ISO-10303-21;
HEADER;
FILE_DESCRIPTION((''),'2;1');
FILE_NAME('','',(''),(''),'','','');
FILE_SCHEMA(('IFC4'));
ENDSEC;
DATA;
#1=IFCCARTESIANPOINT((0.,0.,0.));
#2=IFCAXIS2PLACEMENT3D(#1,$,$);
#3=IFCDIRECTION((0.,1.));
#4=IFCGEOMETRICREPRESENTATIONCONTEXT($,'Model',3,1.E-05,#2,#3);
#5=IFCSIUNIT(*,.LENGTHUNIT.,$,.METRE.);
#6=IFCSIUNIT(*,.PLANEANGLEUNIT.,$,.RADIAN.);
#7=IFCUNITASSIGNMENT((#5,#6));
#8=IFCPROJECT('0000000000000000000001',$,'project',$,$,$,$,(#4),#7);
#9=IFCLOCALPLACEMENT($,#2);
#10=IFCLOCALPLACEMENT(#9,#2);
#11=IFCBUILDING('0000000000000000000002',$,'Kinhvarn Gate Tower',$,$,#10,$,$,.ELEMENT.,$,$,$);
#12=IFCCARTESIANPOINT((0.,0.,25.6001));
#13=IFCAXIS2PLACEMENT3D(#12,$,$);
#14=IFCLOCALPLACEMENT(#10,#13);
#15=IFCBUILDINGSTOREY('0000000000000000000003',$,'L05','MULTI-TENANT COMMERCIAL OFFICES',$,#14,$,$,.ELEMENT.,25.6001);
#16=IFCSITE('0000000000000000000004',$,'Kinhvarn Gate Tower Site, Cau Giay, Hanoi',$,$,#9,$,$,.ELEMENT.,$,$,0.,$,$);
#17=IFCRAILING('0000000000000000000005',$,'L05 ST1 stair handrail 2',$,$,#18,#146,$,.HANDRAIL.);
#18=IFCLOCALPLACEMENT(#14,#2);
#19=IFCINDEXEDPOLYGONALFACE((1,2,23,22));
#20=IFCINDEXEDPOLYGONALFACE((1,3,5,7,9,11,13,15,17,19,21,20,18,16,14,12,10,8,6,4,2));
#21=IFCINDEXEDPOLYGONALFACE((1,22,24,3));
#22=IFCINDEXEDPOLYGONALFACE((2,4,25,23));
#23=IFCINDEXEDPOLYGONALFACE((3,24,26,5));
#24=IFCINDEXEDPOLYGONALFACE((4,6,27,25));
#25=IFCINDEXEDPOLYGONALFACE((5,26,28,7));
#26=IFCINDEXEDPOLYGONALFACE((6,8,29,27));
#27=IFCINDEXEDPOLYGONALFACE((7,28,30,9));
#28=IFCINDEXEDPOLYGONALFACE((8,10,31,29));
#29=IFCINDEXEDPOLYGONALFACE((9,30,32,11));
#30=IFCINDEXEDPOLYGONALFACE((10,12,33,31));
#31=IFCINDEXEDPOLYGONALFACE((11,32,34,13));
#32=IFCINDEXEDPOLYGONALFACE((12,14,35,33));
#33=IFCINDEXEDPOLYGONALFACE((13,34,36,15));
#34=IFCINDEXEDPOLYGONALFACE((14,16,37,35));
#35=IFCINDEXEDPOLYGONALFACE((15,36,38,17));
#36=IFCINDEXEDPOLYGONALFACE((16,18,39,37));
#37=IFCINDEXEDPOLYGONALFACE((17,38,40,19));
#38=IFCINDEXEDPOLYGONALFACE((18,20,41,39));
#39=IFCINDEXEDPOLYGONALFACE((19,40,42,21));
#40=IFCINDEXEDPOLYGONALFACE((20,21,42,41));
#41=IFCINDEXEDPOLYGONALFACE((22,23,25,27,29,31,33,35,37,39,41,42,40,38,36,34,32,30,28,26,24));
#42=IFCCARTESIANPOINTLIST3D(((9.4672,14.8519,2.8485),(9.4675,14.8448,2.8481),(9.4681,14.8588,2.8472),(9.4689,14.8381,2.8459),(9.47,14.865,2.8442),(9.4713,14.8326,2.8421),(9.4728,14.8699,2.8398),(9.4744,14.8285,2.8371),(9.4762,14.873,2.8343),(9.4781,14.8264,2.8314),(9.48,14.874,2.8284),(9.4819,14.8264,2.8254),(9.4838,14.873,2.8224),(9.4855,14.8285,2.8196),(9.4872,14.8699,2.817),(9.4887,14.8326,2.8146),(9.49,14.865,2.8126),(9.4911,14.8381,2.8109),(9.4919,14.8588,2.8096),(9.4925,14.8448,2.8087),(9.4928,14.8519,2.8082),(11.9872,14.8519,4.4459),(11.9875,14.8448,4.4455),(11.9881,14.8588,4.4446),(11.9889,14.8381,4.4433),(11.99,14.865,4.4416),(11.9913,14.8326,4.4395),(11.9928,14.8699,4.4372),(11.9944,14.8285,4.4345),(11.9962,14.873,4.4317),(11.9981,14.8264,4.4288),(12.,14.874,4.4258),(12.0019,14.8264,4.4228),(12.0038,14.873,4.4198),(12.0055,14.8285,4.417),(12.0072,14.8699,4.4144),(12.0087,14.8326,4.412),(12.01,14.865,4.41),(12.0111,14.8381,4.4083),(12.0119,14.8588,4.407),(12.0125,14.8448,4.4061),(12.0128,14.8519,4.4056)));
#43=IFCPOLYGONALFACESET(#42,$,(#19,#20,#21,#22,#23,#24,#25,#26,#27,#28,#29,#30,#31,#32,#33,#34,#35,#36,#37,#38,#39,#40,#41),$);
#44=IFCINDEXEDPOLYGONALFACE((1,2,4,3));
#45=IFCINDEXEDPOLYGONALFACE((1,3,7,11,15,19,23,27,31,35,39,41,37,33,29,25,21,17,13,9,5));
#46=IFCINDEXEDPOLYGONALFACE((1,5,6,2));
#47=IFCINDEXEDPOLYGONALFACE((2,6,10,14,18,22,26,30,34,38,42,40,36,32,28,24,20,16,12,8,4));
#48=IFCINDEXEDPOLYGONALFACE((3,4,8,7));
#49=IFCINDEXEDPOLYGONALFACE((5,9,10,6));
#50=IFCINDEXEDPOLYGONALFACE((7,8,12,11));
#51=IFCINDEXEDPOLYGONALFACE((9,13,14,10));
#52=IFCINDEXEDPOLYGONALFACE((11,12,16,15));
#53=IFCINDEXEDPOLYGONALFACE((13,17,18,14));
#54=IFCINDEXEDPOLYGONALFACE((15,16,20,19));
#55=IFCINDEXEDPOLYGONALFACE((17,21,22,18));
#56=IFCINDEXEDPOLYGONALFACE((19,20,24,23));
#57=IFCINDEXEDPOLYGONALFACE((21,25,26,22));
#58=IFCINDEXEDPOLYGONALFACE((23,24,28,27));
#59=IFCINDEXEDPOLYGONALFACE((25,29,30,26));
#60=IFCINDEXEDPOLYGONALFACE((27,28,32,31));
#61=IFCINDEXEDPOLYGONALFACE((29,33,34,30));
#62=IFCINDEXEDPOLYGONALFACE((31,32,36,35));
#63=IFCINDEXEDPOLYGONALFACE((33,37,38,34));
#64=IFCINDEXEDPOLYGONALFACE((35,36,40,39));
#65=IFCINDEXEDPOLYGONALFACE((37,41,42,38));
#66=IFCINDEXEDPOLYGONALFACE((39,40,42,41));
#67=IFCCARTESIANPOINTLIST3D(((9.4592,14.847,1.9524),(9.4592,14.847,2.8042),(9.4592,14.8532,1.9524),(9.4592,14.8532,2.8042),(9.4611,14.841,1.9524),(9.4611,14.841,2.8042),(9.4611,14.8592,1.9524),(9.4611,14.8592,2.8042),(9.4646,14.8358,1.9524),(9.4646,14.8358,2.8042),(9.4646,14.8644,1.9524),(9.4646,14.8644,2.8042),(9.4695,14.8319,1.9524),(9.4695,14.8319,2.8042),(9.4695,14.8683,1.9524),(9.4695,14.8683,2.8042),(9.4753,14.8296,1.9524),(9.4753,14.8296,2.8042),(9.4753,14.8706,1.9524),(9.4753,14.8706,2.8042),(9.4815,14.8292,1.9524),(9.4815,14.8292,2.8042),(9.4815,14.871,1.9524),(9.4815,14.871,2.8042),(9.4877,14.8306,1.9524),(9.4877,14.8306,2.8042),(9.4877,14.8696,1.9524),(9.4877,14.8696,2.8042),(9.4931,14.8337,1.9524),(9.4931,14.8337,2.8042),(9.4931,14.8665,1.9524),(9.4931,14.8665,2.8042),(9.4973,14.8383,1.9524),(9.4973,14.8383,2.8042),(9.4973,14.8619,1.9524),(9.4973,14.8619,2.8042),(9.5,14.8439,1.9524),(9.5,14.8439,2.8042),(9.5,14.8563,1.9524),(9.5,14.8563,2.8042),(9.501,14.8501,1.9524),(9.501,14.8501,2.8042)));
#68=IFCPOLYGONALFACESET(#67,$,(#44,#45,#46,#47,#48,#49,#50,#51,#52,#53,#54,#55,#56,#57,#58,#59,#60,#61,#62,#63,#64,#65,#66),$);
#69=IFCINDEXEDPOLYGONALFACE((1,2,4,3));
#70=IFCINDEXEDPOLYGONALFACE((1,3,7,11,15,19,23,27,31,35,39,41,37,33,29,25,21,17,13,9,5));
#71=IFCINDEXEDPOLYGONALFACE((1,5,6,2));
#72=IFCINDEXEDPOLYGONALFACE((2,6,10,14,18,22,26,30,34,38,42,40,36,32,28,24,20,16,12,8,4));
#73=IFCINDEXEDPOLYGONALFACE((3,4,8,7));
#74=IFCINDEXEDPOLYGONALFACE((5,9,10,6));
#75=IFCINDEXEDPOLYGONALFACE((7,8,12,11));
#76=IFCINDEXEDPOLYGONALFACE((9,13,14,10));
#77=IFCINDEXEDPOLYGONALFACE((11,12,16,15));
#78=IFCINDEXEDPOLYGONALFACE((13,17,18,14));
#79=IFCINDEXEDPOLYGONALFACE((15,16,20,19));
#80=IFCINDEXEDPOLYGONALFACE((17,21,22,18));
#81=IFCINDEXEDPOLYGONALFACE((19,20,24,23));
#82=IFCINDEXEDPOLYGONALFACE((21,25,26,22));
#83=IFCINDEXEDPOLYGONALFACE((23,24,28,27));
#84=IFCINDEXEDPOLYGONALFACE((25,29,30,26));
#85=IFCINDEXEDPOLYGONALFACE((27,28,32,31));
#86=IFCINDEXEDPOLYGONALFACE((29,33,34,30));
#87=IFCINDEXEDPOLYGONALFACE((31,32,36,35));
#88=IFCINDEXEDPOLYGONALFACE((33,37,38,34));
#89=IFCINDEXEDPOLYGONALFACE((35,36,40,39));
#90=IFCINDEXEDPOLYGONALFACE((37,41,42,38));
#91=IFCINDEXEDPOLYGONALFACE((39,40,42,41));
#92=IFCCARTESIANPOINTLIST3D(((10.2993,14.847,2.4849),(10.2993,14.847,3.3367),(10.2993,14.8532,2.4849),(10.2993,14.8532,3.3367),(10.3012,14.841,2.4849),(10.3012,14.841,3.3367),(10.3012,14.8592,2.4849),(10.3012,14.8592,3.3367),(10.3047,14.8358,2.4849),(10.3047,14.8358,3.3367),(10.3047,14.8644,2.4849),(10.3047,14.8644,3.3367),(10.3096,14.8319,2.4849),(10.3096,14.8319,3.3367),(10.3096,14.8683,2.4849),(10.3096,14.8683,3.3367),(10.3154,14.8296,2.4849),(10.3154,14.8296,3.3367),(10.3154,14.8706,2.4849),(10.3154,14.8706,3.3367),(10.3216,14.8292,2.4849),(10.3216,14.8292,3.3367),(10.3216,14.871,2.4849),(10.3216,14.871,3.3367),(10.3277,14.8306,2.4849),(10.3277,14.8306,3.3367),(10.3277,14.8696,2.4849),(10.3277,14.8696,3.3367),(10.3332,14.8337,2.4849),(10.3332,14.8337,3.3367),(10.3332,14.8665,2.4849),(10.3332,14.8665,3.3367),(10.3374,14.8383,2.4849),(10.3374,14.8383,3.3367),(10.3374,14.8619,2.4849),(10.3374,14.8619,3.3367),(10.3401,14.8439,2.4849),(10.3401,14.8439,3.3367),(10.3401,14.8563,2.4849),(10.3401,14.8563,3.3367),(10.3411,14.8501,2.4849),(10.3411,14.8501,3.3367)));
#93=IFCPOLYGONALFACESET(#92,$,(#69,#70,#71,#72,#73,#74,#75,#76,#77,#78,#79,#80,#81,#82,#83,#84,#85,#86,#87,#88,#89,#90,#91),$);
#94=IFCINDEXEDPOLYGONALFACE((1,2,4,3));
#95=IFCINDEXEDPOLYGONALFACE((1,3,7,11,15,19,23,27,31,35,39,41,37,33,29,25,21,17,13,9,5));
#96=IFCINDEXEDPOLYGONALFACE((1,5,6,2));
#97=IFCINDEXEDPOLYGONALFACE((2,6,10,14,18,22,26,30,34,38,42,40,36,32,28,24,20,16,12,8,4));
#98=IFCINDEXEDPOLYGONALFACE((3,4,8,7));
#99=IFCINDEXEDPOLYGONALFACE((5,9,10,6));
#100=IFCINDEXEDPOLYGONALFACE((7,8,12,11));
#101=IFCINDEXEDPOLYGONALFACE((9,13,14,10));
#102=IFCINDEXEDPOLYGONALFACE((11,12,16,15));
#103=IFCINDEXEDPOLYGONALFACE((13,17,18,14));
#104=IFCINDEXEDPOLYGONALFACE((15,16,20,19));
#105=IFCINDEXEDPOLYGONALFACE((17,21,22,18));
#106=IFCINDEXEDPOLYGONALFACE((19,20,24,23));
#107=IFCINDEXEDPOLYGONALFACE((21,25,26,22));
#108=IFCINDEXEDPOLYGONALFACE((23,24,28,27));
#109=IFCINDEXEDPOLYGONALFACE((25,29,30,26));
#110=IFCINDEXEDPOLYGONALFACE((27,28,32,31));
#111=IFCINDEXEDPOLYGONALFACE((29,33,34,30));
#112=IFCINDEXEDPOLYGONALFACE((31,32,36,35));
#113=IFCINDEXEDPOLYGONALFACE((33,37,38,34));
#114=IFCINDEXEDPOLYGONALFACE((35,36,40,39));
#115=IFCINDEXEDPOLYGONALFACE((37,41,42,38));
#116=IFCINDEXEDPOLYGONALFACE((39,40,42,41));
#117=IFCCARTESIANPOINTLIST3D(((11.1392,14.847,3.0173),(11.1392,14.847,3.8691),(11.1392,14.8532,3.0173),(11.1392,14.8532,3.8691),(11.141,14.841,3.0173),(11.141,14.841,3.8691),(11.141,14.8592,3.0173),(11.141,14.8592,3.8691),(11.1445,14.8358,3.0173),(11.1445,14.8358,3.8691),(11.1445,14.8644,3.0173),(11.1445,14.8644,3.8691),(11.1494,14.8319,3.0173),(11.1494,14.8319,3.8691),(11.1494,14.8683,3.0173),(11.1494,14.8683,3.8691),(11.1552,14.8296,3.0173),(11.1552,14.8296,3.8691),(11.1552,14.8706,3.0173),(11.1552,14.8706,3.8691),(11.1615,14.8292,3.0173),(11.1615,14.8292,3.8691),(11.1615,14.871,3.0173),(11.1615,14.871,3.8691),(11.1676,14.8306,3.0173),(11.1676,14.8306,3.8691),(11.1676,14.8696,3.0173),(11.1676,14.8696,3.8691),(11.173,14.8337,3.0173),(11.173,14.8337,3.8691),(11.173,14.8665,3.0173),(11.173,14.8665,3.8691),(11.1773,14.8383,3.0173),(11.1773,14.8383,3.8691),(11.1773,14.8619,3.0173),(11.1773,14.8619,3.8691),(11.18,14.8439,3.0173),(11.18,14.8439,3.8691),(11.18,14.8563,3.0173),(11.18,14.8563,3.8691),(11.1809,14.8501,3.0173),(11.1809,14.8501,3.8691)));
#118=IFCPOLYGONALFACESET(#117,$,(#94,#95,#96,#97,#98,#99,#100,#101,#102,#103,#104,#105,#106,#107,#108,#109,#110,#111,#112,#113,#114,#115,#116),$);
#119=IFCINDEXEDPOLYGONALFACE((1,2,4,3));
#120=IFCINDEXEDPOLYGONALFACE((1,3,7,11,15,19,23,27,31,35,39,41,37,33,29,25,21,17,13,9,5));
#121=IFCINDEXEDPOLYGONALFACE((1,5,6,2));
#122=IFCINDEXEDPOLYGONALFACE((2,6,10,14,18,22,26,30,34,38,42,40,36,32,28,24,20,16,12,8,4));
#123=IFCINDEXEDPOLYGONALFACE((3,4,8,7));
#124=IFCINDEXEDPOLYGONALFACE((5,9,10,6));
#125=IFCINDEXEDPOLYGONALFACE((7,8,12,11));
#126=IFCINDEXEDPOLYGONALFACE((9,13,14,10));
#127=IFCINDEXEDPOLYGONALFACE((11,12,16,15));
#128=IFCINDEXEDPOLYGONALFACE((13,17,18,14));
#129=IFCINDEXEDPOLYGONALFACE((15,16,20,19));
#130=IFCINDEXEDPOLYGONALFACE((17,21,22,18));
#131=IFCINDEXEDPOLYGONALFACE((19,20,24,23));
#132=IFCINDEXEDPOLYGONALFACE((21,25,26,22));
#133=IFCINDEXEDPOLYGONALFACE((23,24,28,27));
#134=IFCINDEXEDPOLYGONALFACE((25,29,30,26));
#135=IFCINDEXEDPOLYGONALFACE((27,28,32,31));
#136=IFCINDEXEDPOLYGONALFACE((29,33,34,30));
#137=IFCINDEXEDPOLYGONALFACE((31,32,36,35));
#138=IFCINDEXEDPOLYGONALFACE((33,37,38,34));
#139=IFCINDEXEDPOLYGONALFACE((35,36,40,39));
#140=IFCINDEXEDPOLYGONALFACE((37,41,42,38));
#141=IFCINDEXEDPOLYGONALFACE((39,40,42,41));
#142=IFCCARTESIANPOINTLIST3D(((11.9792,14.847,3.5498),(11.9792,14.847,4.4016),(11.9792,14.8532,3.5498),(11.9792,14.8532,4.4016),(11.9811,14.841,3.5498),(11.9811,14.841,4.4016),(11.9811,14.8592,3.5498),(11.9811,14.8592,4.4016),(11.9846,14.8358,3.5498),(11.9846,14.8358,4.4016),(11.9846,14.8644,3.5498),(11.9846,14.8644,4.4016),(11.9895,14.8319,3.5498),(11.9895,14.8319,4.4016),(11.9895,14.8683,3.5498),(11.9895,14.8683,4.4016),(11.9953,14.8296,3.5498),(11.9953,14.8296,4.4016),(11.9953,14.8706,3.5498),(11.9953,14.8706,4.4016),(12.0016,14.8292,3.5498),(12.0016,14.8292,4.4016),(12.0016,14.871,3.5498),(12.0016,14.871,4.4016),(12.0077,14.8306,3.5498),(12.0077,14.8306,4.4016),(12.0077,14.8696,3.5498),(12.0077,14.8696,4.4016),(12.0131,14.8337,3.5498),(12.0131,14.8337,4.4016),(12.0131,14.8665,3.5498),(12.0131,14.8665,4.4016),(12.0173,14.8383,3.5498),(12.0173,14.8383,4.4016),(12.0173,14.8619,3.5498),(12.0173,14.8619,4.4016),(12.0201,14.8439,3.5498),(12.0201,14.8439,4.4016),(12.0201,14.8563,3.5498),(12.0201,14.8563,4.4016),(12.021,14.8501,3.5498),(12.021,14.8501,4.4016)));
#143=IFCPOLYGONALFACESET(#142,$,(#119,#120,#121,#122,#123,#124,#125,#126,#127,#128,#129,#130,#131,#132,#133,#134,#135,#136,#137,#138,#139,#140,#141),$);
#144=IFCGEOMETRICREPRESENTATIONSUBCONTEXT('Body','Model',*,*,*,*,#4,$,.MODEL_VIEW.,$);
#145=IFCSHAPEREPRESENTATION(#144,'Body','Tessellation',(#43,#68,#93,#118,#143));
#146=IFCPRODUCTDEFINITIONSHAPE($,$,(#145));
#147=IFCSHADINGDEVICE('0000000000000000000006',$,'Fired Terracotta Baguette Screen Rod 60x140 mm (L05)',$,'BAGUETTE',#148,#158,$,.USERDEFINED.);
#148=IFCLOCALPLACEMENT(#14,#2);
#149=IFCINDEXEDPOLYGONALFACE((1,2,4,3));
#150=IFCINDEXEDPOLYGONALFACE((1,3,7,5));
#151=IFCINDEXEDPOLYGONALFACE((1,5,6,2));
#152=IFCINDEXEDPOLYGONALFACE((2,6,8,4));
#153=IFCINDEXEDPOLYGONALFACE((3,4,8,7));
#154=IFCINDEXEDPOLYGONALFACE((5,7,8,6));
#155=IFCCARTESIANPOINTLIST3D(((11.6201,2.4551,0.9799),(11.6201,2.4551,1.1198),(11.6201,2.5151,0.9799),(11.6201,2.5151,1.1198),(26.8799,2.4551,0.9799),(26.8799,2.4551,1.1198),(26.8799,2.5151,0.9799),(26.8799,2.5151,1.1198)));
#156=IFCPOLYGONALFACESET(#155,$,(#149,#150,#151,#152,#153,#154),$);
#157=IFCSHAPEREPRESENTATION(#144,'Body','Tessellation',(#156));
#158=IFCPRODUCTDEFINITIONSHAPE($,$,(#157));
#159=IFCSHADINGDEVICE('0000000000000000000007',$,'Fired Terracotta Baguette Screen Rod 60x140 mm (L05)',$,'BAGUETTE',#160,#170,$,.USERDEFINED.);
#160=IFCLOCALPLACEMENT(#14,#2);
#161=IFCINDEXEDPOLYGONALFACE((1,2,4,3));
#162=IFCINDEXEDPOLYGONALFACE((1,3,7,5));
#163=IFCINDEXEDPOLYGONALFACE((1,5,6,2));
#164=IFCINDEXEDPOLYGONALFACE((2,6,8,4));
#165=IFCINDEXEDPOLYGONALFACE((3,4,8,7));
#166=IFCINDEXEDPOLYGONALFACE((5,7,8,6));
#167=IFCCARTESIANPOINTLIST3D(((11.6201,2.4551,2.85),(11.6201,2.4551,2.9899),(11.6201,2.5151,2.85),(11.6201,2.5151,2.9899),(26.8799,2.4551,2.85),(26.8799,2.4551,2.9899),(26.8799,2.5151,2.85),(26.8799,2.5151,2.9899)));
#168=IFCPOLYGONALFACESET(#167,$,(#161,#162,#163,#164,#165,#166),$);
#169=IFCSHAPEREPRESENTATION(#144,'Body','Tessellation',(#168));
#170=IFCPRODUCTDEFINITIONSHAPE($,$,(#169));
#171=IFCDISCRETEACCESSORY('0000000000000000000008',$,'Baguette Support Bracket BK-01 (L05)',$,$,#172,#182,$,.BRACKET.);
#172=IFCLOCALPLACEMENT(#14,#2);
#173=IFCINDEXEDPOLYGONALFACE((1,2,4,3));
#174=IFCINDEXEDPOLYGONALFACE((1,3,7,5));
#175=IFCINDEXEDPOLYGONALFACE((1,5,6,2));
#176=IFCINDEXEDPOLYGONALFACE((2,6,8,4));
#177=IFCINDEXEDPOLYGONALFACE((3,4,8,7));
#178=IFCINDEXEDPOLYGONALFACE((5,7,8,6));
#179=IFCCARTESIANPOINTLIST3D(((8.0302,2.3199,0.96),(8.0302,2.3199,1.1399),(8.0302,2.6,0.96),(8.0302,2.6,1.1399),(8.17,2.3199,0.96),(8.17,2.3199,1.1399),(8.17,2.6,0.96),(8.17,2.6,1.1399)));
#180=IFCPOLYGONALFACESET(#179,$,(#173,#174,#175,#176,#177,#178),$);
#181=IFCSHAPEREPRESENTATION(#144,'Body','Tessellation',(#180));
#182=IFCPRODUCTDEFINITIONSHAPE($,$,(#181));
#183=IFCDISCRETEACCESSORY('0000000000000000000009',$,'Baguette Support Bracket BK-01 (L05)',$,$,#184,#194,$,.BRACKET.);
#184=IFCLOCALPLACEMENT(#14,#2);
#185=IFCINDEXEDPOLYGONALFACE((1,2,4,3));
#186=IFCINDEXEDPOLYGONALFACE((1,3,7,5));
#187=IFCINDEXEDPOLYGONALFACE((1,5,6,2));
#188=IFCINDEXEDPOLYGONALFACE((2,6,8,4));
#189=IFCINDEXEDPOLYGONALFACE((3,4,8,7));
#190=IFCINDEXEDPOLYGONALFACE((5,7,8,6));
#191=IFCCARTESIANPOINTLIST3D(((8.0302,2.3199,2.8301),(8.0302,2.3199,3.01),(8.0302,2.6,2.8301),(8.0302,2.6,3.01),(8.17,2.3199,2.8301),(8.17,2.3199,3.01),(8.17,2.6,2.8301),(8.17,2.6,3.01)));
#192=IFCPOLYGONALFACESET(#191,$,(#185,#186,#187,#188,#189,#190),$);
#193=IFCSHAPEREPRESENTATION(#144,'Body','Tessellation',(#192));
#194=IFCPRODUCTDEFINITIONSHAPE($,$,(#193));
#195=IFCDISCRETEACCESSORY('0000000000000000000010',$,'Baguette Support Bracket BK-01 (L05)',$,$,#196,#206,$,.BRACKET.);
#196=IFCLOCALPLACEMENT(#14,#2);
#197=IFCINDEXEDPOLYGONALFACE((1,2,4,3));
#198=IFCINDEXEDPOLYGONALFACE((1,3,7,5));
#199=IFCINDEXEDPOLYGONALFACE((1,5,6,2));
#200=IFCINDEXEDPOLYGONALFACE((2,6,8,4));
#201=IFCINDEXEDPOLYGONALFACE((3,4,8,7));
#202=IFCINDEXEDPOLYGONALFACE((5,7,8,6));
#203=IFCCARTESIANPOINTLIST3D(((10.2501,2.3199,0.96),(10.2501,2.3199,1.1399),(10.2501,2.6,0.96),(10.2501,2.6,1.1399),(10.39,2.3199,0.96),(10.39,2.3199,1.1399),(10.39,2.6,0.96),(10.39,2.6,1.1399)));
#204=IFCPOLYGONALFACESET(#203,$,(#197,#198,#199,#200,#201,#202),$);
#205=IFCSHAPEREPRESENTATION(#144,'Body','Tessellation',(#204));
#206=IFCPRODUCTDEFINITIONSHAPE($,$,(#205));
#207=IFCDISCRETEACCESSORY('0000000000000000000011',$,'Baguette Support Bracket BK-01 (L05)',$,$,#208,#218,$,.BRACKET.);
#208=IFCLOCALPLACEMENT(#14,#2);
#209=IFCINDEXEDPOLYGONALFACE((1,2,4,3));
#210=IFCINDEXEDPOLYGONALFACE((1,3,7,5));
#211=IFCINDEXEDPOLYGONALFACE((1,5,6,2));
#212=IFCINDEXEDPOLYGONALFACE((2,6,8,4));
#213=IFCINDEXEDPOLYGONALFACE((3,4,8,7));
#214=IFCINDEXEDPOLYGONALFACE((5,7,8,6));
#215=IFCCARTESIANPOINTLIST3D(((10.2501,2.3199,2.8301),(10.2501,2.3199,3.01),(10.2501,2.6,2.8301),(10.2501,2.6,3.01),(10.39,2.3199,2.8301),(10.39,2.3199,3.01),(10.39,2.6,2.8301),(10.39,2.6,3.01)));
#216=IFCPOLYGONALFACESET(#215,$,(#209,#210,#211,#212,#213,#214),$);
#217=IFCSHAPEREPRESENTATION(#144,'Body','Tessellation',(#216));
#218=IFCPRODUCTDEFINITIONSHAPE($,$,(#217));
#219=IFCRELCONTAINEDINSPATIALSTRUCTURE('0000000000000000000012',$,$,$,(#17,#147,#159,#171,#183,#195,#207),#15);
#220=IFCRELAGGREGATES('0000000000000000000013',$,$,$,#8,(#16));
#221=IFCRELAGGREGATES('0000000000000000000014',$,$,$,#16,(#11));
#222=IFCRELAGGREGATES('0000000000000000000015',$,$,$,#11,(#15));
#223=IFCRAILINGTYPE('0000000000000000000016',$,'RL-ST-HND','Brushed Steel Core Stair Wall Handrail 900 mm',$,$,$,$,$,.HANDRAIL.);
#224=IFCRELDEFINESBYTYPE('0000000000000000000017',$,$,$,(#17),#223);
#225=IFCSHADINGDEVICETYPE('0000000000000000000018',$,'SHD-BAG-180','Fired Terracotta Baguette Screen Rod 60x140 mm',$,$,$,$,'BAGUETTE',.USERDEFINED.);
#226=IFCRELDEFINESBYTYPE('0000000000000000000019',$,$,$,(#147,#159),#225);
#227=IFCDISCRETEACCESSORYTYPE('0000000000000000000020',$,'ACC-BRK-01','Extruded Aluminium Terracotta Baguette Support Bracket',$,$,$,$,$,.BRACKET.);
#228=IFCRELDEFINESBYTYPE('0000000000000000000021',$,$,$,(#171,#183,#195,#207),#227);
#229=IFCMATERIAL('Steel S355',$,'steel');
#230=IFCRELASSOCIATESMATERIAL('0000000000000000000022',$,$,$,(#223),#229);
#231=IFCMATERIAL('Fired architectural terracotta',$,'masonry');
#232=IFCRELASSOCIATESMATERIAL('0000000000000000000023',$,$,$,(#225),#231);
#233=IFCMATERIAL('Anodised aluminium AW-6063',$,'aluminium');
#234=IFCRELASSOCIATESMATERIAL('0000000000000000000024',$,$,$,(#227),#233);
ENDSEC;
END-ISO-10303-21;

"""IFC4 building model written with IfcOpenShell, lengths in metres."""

from ifc_helpers import new_model, si_unit, direction, frame, origin, origin_2d, place, context, subcontext, project, spatial, rectangle, circle, extrude, material, material_profile, profile_set, type_object, element, save


model = new_model("IFC4")

# Units and contexts
model_context = context("Model", 3, precision=1e-05, world=origin(), true_north=direction((0.0, 1.0)))
body_context = subcontext(model_context, "Body", "Model", "MODEL_VIEW")
ifc_project = project(units=[si_unit("LENGTHUNIT", "METRE"), si_unit("PLANEANGLEUNIT", "RADIAN")], contexts=[model_context])

# Site, building, storey
site_placement = place(None, origin())
site = spatial("IfcSite", under=ifc_project, at=site_placement, Name="Kinhvarn Gate Tower Site, Cau Giay, Hanoi", CompositionType="ELEMENT", RefElevation=0.0)
building_placement = place(site_placement, origin())
building = spatial("IfcBuilding", under=site, at=building_placement, Name="Kinhvarn Gate Tower", CompositionType="ELEMENT")
storey_placement = place(building_placement, frame((0.0, 0.0, 25.6001)))
storey = spatial("IfcBuildingStorey", under=building, at=storey_placement, Name="L05", Description="MULTI-TENANT COMMERCIAL OFFICES", CompositionType="ELEMENT", Elevation=25.6001)

# Shared definitions
ifc_material_1 = material(Name="Anodised aluminium AW-6063", Category="aluminium")

# Shared definitions
ifc_material_2 = material(Name="Steel S355", Category="steel")

# Railing
railing_type_1 = type_object("IfcRailingType", Name="RL-ST-HND", Description="Brushed Steel Core Stair Wall Handrail 900 mm", PredefinedType="HANDRAIL", material=ifc_material_2)
railing_1_placement = place(storey_placement, frame((9.48, 14.8501, 1.9524)))
element("IfcRailing", 1, at=railing_1_placement, inside=storey, type_object=railing_type_1, Name="L05 ST1 stair handrail 2", PredefinedType="HANDRAIL", context=body_context, shape_type="SweptSolid", body=[
    extrude(circle(Radius=0.0239, at=origin_2d()), frame((0.0, 0.0, 0.876), z_axis=(0.844607, 0.0, 0.535387), x_axis=(0.0, 1.0, 0.0)), (0.0, 0.0, 1.0), 2.9836),
    extrude(circle(Radius=0.021, at=origin_2d()), origin(), (0.0, 0.0, 1.0), 0.8518),
    extrude(circle(Radius=0.021, at=origin_2d()), frame((0.8401, 0.0, 0.5325)), (0.0, 0.0, 1.0), 0.8518),
    extrude(circle(Radius=0.021, at=origin_2d()), frame((1.6799, 0.0, 1.0649)), (0.0, 0.0, 1.0), 0.8518),
    extrude(circle(Radius=0.021, at=origin_2d()), frame((2.52, 0.0, 1.5974)), (0.0, 0.0, 1.0), 0.8518),
])

# Shading devices
ifc_material_3 = material(Name="Fired architectural terracotta", Category="masonry")
ifc_material_profile_1 = material_profile(ifc_material_3, rectangle(XDim=0.0601, YDim=0.1399, at=origin_2d()), Name="TC 60x140")
ifc_profile_set_1 = profile_set([ifc_material_profile_1], Name="Fired architectural terracotta")
shading_device_type = type_object("IfcShadingDeviceType", Name="SHD-BAG-180", Description="Fired Terracotta Baguette Screen Rod 60x140 mm", ElementType="BAGUETTE", PredefinedType="USERDEFINED", material=ifc_profile_set_1)
for number, where, z_axis, x_axis, name in (
    (2, (11.6201, 2.4851, 1.0498), (1.0, 0.0, 0.0), (0.0, 1.0, 0.0), "Fired Terracotta Baguette Screen Rod 60x140 mm (L05)"),
    (3, (11.6201, 2.4851, 2.9199), (1.0, 0.0, 0.0), (0.0, 1.0, 0.0), "Fired Terracotta Baguette Screen Rod 60x140 mm (L05)"),
):
    element("IfcShadingDevice", number, at=place(storey_placement, frame(where, z_axis=z_axis, x_axis=x_axis)), inside=storey, type_object=shading_device_type, Name=name, ObjectType="BAGUETTE", PredefinedType="USERDEFINED", context=body_context, shape_type="SweptSolid", body=[
        extrude(rectangle(XDim=0.0601, YDim=0.1399, at=origin_2d()), origin(), (0.0, 0.0, 1.0), 15.2598),
    ])

# Discrete accessories
discrete_accessory_type = type_object("IfcDiscreteAccessoryType", Name="ACC-BRK-01", Description="Extruded Aluminium Terracotta Baguette Support Bracket", PredefinedType="BRACKET", material=ifc_material_1)
for number, where, z_axis, x_axis, name in (
    (4, (8.1001, 2.46, 0.96), (0.0, 0.0, 1.0), (1.0, 0.0, 0.0), "Baguette Support Bracket BK-01 (L05)"),
    (5, (8.1001, 2.46, 2.8301), (0.0, 0.0, 1.0), (1.0, 0.0, 0.0), "Baguette Support Bracket BK-01 (L05)"),
    (6, (10.3201, 2.46, 0.96), (0.0, 0.0, 1.0), (1.0, 0.0, 0.0), "Baguette Support Bracket BK-01 (L05)"),
    (7, (10.3201, 2.46, 2.8301), (0.0, 0.0, 1.0), (1.0, 0.0, 0.0), "Baguette Support Bracket BK-01 (L05)"),
):
    element("IfcDiscreteAccessory", number, at=place(storey_placement, frame(where, z_axis=z_axis, x_axis=x_axis)), inside=storey, type_object=discrete_accessory_type, Name=name, PredefinedType="BRACKET", context=body_context, shape_type="SweptSolid", body=[
        extrude(rectangle(XDim=0.1399, YDim=0.28, at=origin_2d()), origin(), (0.0, 0.0, 1.0), 0.1799),
    ])

save(model, "model.ifc")
